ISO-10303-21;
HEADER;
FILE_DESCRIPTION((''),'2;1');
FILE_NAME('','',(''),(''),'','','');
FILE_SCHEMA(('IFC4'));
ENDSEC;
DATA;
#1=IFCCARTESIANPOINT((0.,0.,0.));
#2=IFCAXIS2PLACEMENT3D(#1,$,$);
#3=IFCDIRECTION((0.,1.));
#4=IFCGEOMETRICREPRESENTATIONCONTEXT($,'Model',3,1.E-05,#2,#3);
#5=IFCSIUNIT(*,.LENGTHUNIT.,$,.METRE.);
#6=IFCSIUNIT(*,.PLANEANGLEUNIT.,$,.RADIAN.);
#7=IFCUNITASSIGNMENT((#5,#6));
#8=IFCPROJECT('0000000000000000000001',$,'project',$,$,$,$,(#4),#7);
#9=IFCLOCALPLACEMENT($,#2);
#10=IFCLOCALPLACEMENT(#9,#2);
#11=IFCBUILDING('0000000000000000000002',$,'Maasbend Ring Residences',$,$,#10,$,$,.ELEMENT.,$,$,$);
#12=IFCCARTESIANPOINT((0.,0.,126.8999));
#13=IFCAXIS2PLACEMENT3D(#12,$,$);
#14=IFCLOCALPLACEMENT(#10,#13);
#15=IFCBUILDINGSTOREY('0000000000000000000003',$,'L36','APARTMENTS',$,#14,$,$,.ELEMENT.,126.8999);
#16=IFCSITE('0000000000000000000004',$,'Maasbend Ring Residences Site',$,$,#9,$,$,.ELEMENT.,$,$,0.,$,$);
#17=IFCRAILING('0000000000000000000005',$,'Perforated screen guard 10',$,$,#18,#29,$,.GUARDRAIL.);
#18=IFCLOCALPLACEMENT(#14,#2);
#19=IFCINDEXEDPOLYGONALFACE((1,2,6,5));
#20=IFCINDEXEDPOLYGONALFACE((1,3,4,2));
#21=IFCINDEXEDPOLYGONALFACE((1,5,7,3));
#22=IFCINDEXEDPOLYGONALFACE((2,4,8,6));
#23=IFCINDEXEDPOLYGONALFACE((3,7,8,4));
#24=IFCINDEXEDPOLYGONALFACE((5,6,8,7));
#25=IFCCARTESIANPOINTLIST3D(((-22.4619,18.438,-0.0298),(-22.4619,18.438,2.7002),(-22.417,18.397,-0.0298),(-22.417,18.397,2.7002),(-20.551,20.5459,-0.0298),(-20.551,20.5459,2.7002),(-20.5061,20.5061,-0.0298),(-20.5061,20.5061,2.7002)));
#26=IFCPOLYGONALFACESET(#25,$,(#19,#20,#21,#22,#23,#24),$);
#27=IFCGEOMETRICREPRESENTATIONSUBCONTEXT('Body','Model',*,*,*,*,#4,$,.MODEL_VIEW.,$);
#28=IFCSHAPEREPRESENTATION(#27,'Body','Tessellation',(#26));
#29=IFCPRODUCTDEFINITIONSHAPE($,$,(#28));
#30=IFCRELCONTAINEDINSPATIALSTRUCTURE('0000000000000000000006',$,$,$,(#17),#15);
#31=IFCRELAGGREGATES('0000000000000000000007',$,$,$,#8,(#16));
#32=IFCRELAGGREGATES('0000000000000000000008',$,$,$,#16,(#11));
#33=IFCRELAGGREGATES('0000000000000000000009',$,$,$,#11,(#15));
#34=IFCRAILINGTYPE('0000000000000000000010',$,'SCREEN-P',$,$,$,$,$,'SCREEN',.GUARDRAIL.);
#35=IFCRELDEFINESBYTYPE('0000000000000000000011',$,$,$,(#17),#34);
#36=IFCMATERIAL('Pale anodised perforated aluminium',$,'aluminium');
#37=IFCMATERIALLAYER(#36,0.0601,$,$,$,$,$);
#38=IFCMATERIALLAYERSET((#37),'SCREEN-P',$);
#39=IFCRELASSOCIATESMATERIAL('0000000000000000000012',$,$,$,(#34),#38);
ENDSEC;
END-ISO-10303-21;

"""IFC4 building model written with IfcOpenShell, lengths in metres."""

from ifc_helpers import new_model, si_unit, direction, frame, origin, place, context, subcontext, project, spatial, polyline, outline, extrude, material, layer, layer_set, type_object, element, save


model = new_model("IFC4")

# Units and contexts
model_context = context("Model", 3, precision=1e-05, world=origin(), true_north=direction((0.0, 1.0)))
body_context = subcontext(model_context, "Body", "Model", "MODEL_VIEW")
ifc_project = project(units=[si_unit("LENGTHUNIT", "METRE"), si_unit("PLANEANGLEUNIT", "RADIAN")], contexts=[model_context])

# Site, building, storey
site_placement = place(None, origin())
site = spatial("IfcSite", under=ifc_project, at=site_placement, Name="Maasbend Ring Residences Site", CompositionType="ELEMENT", RefElevation=0.0)
building_placement = place(site_placement, origin())
building = spatial("IfcBuilding", under=site, at=building_placement, Name="Maasbend Ring Residences", CompositionType="ELEMENT")
storey_placement = place(building_placement, frame((0.0, 0.0, 126.8999)))
storey = spatial("IfcBuildingStorey", under=building, at=storey_placement, Name="L36", Description="APARTMENTS", CompositionType="ELEMENT", Elevation=126.8999)

# Railing
ifc_material_1 = material(Name="Pale anodised perforated aluminium", Category="aluminium")
ifc_layer_1 = layer(ifc_material_1, 0.0601)
ifc_layer_set_1 = layer_set([ifc_layer_1], Name="SCREEN-P")
railing_type = type_object("IfcRailingType", Name="SCREEN-P", ElementType="SCREEN", PredefinedType="GUARDRAIL", material=ifc_layer_set_1)
railing_1_placement = place(storey_placement, frame((0.0, 0.0, -0.0298)))
element("IfcRailing", 1, at=railing_1_placement, inside=storey, type_object=railing_type, Name="Perforated screen guard 10", PredefinedType="GUARDRAIL", context=body_context, shape_type="SweptSolid", body=[
    extrude(outline(polyline([(-20.5061, 20.5061), (-22.417, 18.397), (-22.4619, 18.438), (-20.551, 20.5459), (-20.5061, 20.5061)])), origin(), (0.0, 0.0, 1.0), 2.73),
])

save(model, "model.ifc")
